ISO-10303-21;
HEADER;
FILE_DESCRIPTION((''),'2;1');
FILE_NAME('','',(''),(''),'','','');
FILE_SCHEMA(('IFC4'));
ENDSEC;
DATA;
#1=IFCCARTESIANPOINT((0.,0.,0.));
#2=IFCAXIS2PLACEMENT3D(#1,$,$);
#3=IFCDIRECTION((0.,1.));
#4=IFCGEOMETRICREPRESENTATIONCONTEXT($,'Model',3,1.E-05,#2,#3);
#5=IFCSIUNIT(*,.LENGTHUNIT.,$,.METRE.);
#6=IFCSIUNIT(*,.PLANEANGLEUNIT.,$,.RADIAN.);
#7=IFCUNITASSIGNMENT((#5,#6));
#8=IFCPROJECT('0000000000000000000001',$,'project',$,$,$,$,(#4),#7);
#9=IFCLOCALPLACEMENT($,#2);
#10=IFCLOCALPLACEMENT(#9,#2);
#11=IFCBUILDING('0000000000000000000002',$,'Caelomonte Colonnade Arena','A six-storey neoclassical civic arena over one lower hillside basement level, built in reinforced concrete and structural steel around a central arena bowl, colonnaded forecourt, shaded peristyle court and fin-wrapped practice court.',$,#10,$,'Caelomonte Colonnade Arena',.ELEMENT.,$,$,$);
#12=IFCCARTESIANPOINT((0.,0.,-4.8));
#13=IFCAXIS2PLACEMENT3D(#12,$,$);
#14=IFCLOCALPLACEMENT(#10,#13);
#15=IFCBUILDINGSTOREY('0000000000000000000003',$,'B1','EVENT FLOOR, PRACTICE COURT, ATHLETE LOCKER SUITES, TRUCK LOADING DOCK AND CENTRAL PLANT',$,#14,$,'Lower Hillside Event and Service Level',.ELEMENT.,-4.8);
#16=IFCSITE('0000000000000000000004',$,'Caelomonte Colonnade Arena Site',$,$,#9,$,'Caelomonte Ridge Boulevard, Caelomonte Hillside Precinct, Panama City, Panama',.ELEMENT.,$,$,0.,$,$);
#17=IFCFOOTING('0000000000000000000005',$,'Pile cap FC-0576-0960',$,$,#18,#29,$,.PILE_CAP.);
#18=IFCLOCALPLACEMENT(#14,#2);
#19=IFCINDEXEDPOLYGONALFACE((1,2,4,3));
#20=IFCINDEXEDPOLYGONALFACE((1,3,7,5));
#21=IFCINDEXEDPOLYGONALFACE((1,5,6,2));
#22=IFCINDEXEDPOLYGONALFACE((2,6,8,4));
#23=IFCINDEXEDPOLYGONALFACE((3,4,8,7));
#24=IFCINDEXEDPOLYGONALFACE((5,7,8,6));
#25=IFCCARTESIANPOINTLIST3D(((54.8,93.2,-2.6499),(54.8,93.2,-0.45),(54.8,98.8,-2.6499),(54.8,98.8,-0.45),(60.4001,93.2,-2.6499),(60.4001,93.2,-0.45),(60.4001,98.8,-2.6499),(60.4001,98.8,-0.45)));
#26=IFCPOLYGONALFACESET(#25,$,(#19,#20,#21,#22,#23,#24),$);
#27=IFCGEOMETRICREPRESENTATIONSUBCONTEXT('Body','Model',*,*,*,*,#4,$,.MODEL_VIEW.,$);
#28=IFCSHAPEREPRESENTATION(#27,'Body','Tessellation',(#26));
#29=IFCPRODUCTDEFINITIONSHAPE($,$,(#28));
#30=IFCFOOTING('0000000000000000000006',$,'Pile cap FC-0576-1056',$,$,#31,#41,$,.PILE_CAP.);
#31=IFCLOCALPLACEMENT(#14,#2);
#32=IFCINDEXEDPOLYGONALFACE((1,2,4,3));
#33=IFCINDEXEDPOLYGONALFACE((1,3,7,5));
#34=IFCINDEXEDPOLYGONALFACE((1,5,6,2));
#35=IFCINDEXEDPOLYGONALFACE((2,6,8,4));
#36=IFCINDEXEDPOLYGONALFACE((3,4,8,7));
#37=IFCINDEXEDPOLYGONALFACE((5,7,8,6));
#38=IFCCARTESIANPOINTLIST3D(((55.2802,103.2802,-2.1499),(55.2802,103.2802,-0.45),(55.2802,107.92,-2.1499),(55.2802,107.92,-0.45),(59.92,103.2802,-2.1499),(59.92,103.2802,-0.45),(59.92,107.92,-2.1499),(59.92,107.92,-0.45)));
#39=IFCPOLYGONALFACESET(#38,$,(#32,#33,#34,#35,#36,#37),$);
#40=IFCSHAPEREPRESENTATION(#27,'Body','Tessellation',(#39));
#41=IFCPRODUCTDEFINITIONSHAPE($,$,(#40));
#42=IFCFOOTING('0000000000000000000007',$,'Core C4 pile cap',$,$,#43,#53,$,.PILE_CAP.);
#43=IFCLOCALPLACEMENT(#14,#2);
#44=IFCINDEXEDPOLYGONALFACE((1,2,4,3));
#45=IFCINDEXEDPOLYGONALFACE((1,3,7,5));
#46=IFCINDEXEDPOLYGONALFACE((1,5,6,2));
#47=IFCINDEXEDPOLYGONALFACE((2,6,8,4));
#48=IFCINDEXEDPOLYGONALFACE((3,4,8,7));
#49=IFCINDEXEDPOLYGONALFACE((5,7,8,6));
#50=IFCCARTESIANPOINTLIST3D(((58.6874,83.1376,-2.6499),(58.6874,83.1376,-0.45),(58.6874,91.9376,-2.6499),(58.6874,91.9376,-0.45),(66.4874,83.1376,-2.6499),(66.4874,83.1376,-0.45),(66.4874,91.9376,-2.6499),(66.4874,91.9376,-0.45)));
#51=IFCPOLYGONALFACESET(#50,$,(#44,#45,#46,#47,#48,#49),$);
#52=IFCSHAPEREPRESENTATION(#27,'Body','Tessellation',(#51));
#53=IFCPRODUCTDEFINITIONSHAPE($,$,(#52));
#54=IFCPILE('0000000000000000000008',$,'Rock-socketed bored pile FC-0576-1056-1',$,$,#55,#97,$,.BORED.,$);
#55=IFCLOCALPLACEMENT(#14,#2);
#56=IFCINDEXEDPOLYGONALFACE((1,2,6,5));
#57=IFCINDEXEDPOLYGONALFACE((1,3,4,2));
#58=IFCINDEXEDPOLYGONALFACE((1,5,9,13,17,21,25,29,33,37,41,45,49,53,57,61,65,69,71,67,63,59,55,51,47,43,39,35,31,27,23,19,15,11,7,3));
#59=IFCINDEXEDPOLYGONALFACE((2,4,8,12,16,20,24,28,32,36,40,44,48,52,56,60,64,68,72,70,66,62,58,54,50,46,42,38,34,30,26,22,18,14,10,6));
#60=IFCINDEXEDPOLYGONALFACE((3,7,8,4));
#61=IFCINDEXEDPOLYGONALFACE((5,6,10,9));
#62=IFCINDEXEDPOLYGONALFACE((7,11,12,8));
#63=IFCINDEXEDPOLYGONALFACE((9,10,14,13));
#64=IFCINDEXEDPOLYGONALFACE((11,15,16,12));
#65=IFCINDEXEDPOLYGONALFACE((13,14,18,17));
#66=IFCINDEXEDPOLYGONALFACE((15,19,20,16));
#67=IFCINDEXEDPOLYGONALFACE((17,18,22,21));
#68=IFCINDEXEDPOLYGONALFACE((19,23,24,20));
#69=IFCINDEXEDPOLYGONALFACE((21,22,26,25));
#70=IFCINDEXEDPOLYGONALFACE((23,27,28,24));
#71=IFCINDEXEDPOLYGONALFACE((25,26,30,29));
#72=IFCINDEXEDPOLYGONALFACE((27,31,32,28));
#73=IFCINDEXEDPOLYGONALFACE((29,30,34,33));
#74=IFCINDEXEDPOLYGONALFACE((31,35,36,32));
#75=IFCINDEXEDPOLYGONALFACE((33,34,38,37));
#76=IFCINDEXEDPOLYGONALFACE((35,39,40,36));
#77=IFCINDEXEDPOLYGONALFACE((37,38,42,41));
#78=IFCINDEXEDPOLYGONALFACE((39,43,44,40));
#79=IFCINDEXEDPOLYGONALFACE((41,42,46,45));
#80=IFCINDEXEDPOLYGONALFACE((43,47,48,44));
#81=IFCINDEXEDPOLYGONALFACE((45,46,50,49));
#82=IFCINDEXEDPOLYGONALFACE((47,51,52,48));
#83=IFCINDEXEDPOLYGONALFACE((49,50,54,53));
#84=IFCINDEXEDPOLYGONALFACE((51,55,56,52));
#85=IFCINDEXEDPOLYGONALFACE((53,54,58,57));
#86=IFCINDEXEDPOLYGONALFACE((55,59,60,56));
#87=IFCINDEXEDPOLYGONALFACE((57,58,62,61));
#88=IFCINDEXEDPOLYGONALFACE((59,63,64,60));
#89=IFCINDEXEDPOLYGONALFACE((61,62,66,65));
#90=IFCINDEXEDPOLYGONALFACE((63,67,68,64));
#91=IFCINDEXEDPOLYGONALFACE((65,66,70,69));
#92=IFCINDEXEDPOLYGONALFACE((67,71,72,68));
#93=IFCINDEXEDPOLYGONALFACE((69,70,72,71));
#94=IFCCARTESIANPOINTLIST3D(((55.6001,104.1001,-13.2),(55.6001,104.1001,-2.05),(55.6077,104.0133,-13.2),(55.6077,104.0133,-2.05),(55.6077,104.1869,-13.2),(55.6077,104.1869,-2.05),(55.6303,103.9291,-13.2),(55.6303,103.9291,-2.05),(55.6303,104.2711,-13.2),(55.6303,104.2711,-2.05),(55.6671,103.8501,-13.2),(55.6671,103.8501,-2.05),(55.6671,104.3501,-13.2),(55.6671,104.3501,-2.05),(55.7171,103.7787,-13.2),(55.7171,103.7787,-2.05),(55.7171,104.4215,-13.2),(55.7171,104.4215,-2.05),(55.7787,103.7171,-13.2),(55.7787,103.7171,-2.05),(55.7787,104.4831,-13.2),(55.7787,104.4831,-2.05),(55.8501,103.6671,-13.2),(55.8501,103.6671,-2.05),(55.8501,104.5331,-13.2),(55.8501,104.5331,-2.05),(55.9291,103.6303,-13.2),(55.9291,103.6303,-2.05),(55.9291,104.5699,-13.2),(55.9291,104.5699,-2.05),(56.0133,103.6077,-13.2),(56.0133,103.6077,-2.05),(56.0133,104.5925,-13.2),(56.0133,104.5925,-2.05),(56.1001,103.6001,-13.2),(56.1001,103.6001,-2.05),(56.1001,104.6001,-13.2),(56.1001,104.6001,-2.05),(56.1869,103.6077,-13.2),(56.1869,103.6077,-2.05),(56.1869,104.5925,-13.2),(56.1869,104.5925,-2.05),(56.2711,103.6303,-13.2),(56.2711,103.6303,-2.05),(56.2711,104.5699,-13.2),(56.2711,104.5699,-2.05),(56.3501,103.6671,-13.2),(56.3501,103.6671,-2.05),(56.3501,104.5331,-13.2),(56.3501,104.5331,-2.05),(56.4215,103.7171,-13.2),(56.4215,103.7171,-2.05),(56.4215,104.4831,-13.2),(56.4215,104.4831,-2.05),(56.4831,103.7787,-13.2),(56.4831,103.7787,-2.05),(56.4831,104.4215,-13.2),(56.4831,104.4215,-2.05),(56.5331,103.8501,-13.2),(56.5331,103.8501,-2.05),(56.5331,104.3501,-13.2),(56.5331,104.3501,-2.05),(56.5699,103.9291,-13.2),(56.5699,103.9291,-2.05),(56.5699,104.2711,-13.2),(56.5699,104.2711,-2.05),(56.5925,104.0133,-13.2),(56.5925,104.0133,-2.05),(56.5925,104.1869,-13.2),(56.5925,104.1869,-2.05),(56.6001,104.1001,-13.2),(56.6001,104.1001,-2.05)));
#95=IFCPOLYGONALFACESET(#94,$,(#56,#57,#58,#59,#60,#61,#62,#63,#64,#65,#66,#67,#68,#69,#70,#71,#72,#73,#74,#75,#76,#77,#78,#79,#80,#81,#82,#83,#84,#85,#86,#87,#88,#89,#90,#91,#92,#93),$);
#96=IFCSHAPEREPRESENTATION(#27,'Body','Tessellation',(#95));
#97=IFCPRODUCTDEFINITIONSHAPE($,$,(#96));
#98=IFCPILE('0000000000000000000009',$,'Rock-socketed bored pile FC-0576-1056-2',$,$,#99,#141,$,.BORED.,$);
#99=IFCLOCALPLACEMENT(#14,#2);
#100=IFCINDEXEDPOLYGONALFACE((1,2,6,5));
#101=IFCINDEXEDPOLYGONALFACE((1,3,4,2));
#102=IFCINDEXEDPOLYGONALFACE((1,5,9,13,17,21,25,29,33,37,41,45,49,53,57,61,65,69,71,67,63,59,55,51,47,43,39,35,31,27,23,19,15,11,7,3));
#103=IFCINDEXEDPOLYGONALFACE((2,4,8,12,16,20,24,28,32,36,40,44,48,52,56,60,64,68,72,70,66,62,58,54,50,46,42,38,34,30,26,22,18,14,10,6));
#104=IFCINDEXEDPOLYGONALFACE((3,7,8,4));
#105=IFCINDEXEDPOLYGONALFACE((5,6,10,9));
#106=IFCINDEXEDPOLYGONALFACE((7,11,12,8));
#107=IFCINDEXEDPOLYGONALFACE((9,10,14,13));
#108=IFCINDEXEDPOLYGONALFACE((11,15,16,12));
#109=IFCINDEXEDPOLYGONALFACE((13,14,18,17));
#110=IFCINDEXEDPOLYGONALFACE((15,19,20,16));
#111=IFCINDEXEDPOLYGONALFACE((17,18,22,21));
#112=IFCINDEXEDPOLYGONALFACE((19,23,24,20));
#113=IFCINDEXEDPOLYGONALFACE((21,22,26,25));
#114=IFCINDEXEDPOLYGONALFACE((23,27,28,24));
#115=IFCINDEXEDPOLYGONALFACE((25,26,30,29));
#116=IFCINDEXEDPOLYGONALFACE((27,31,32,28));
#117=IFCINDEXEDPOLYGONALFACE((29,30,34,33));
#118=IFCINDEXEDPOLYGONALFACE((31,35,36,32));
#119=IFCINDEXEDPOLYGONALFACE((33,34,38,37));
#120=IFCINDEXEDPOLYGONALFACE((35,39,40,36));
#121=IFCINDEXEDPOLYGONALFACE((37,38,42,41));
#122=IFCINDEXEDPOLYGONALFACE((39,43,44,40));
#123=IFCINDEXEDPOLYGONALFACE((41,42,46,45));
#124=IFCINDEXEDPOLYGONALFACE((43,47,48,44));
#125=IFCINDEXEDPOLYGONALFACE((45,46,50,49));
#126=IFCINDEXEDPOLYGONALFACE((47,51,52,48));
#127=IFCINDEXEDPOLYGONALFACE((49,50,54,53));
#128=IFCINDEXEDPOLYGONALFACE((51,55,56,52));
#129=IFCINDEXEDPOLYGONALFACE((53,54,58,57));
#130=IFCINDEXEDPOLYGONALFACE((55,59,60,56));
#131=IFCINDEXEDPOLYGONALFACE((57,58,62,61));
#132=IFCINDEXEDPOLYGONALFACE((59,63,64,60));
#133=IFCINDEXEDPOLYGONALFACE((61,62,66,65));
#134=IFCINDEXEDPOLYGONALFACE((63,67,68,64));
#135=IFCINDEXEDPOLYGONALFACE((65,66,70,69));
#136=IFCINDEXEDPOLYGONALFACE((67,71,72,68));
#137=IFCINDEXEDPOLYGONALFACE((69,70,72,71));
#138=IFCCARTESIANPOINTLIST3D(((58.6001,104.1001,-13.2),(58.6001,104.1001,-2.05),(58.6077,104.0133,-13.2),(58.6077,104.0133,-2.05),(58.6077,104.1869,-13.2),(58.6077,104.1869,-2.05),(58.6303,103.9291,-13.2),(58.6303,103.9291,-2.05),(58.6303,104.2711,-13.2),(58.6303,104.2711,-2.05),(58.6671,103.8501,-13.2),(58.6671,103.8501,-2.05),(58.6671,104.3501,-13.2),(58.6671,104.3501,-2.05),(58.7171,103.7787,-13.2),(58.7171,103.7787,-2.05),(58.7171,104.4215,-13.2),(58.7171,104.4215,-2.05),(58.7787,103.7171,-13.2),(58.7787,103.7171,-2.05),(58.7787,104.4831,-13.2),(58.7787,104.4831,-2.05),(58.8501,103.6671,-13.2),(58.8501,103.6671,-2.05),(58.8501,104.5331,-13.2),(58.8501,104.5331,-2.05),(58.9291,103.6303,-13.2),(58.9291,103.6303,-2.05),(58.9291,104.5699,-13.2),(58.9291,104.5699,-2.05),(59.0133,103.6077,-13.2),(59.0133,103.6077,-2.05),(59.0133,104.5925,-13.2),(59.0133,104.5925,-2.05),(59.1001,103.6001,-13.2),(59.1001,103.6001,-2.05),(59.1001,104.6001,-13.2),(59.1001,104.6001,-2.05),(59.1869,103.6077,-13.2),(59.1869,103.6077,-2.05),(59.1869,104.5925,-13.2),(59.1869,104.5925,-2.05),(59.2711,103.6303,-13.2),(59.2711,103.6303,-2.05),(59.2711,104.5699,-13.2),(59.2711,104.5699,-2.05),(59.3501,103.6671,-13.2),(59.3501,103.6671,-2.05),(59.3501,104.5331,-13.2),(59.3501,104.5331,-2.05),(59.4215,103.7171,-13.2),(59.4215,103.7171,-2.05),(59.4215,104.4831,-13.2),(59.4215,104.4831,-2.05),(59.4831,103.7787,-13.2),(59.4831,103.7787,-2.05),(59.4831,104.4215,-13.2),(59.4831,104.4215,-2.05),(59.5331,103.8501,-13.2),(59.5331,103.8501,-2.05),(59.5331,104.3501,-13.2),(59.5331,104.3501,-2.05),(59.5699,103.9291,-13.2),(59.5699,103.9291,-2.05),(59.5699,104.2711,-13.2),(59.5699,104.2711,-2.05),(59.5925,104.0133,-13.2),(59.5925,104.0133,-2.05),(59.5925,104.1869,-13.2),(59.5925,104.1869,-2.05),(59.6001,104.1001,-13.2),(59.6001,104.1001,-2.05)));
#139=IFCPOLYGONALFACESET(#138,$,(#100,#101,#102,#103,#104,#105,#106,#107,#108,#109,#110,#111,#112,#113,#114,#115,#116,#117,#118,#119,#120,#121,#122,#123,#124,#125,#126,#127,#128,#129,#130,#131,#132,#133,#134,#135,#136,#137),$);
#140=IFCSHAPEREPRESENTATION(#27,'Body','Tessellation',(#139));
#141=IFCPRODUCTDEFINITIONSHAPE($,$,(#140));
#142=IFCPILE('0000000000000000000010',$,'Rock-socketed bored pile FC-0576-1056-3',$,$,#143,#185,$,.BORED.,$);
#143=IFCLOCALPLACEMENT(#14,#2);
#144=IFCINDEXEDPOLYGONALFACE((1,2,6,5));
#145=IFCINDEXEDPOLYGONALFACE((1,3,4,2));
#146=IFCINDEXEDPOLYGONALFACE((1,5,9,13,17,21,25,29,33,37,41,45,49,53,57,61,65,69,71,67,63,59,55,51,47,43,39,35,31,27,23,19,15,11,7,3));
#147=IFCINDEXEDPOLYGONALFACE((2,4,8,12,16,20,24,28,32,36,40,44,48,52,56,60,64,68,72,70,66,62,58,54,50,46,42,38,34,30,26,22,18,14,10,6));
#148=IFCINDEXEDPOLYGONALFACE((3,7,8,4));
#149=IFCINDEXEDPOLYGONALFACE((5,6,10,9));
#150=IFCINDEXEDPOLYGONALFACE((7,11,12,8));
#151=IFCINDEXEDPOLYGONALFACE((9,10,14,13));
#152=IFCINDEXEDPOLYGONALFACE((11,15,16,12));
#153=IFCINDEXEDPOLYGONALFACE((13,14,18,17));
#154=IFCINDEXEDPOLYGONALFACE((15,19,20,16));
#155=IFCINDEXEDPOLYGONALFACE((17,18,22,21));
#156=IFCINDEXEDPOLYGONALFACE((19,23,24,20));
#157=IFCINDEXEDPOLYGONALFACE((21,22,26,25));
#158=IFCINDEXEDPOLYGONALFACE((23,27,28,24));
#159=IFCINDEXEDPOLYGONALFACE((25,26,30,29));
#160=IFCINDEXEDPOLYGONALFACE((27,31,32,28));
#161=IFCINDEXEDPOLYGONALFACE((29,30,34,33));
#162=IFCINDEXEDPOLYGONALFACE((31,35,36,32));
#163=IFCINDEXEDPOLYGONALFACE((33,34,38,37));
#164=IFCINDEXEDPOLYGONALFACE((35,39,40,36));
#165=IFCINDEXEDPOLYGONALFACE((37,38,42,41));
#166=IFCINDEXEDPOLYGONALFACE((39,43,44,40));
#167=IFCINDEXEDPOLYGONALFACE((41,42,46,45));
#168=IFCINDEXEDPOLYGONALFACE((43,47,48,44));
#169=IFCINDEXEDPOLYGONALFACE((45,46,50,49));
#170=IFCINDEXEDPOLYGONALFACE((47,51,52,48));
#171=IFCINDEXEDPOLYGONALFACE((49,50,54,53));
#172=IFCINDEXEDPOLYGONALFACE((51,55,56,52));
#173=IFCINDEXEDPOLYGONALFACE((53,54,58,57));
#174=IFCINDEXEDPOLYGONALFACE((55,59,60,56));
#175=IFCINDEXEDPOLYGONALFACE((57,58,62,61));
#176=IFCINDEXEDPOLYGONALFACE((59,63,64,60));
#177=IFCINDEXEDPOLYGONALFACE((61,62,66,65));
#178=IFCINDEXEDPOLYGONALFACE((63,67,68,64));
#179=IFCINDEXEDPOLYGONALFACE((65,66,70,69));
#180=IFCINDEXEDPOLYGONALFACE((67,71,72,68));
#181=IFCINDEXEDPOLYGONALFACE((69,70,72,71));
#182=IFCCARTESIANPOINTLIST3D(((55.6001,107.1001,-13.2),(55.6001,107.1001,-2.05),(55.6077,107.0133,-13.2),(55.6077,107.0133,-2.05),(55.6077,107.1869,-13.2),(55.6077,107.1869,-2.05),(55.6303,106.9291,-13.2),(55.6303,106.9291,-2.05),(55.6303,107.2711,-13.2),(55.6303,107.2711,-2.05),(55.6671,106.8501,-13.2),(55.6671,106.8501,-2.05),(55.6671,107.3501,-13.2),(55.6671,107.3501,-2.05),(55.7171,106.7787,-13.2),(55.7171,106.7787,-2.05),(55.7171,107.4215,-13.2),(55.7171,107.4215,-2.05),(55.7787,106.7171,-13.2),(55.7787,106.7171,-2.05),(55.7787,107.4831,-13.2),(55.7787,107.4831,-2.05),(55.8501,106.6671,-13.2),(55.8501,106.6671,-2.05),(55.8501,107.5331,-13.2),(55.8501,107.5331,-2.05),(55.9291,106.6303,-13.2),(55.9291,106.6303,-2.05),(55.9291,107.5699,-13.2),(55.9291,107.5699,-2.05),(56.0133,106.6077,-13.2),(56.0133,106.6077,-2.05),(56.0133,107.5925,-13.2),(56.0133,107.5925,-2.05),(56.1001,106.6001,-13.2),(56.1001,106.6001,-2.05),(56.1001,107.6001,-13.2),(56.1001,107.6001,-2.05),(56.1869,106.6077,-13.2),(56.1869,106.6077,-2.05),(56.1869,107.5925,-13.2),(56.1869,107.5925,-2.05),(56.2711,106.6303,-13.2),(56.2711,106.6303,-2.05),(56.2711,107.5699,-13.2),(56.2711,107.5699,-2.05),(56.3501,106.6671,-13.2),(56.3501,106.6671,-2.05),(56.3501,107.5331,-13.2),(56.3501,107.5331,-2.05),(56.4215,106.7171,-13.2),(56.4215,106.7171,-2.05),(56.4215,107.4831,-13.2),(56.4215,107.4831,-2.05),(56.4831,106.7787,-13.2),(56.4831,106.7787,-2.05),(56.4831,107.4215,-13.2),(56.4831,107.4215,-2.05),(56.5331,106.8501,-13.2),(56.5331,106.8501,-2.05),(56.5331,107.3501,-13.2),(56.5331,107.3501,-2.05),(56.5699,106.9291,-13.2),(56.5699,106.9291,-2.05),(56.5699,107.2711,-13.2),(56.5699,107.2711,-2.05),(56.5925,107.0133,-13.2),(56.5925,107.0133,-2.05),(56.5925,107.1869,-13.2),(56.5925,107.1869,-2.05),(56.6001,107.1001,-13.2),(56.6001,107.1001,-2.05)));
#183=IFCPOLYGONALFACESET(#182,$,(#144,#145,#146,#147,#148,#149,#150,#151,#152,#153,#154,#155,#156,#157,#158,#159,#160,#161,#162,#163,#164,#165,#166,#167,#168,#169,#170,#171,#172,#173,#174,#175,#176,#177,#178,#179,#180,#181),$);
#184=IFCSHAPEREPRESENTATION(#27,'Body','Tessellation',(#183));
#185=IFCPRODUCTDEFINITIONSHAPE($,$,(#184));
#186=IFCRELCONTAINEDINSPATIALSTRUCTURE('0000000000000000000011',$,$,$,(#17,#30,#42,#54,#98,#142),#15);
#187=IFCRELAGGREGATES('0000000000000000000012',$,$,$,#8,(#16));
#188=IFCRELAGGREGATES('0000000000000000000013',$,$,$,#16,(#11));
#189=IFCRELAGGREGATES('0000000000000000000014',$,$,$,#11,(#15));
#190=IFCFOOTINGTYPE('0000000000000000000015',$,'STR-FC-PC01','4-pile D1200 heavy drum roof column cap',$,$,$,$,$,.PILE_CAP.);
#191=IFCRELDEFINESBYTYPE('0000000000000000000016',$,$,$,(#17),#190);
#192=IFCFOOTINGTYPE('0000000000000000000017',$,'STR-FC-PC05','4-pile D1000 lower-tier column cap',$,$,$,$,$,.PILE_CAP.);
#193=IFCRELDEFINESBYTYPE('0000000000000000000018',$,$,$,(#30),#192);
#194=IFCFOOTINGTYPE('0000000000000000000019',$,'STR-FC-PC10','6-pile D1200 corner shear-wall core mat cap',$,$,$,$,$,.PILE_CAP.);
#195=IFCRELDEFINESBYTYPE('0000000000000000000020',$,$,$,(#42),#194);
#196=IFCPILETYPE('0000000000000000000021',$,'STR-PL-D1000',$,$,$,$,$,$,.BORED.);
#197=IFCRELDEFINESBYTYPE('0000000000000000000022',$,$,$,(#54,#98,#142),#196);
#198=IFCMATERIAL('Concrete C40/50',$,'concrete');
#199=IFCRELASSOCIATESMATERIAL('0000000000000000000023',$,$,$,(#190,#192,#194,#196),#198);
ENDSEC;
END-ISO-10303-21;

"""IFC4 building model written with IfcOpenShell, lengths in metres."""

from ifc_helpers import new_model, si_unit, direction, frame, origin, origin_2d, place, context, subcontext, project, spatial, rectangle, circle, extrude, material, material_profile, profile_set, type_object, element, save


model = new_model("IFC4")

# Units and contexts
model_context = context("Model", 3, precision=1e-05, world=origin(), true_north=direction((0.0, 1.0)))
body_context = subcontext(model_context, "Body", "Model", "MODEL_VIEW")
ifc_project = project(units=[si_unit("LENGTHUNIT", "METRE"), si_unit("PLANEANGLEUNIT", "RADIAN")], contexts=[model_context])

# Site, building, storey
site_placement = place(None, origin())
site = spatial("IfcSite", under=ifc_project, at=site_placement, Name="Caelomonte Colonnade Arena Site", LongName="Caelomonte Ridge Boulevard, Caelomonte Hillside Precinct, Panama City, Panama", CompositionType="ELEMENT", RefElevation=0.0)
building_placement = place(site_placement, origin())
building = spatial("IfcBuilding", under=site, at=building_placement, Name="Caelomonte Colonnade Arena", Description="A six-storey neoclassical civic arena over one lower hillside basement level, built in reinforced concrete and structural steel around a central arena bowl, colonnaded forecourt, shaded peristyle court and fin-wrapped practice court.", LongName="Caelomonte Colonnade Arena", CompositionType="ELEMENT")
storey_placement = place(building_placement, frame((0.0, 0.0, -4.8)))
storey = spatial("IfcBuildingStorey", under=building, at=storey_placement, Name="B1", Description="EVENT FLOOR, PRACTICE COURT, ATHLETE LOCKER SUITES, TRUCK LOADING DOCK AND CENTRAL PLANT", LongName="Lower Hillside Event and Service Level", CompositionType="ELEMENT", Elevation=-4.8)

# Footings
ifc_material_1 = material(Name="Concrete C40/50", Category="concrete")
footing_type_1 = type_object("IfcFootingType", Name="STR-FC-PC01", Description="4-pile D1200 heavy drum roof column cap", PredefinedType="PILE_CAP", material=ifc_material_1)
footing_1_placement = place(storey_placement, frame((57.6001, 96.0, -2.6499), z_axis=(0.0, 0.0, 1.0), x_axis=(1.0, 0.0, 0.0)))
element("IfcFooting", 1, at=footing_1_placement, inside=storey, type_object=footing_type_1, Name="Pile cap FC-0576-0960", PredefinedType="PILE_CAP", context=body_context, shape_type="SweptSolid", body=[
    extrude(rectangle(XDim=5.6001, YDim=5.6001, at=origin_2d()), origin(), (0.0, 0.0, 1.0), 2.2),
])
footing_type_2 = type_object("IfcFootingType", Name="STR-FC-PC05", Description="4-pile D1000 lower-tier column cap", PredefinedType="PILE_CAP", material=ifc_material_1)
footing_2_placement = place(storey_placement, frame((57.6001, 105.6001, -2.1499), z_axis=(0.0, 0.0, 1.0), x_axis=(1.0, 0.0, 0.0)))
element("IfcFooting", 2, at=footing_2_placement, inside=storey, type_object=footing_type_2, Name="Pile cap FC-0576-1056", PredefinedType="PILE_CAP", context=body_context, shape_type="SweptSolid", body=[
    extrude(rectangle(XDim=4.6399, YDim=4.6399, at=origin_2d()), origin(), (0.0, 0.0, 1.0), 1.7),
])
footing_type_3 = type_object("IfcFootingType", Name="STR-FC-PC10", Description="6-pile D1200 corner shear-wall core mat cap", PredefinedType="PILE_CAP", material=ifc_material_1)
footing_3_placement = place(storey_placement, frame((62.5874, 87.5376, -2.6499), z_axis=(0.0, 0.0, 1.0), x_axis=(1.0, 0.0, 0.0)))
element("IfcFooting", 3, at=footing_3_placement, inside=storey, type_object=footing_type_3, Name="Core C4 pile cap", PredefinedType="PILE_CAP", context=body_context, shape_type="SweptSolid", body=[
    extrude(rectangle(XDim=7.8, YDim=8.8, at=origin_2d()), origin(), (0.0, 0.0, 1.0), 2.2),
])

# Piles
ifc_material_profile_1 = material_profile(ifc_material_1, circle(Radius=0.5, at=origin_2d()), Name="PILE-D1000")
ifc_profile_set_1 = profile_set([ifc_material_profile_1], Name="Concrete C40/50")
pile_type_1 = type_object("IfcPileType", Name="STR-PL-D1000", PredefinedType="BORED", material=ifc_profile_set_1)
for number, where, z_axis, x_axis, name in (
    (4, (56.1001, 104.1001, -2.05), (0.0, 0.0, -1.0), (1.0, 0.0, 0.0), "Rock-socketed bored pile FC-0576-1056-1"),
    (5, (59.1001, 104.1001, -2.05), (0.0, 0.0, -1.0), (1.0, 0.0, 0.0), "Rock-socketed bored pile FC-0576-1056-2"),
    (6, (56.1001, 107.1001, -2.05), (0.0, 0.0, -1.0), (1.0, 0.0, 0.0), "Rock-socketed bored pile FC-0576-1056-3"),
):
    element("IfcPile", number, at=place(storey_placement, frame(where, z_axis=z_axis, x_axis=x_axis)), inside=storey, type_object=pile_type_1, Name=name, PredefinedType="BORED", context=body_context, shape_type="SweptSolid", body=[
        extrude(circle(Radius=0.5, at=origin_2d()), origin(), (0.0, 0.0, 1.0), 11.1499),
    ])

save(model, "model.ifc")
